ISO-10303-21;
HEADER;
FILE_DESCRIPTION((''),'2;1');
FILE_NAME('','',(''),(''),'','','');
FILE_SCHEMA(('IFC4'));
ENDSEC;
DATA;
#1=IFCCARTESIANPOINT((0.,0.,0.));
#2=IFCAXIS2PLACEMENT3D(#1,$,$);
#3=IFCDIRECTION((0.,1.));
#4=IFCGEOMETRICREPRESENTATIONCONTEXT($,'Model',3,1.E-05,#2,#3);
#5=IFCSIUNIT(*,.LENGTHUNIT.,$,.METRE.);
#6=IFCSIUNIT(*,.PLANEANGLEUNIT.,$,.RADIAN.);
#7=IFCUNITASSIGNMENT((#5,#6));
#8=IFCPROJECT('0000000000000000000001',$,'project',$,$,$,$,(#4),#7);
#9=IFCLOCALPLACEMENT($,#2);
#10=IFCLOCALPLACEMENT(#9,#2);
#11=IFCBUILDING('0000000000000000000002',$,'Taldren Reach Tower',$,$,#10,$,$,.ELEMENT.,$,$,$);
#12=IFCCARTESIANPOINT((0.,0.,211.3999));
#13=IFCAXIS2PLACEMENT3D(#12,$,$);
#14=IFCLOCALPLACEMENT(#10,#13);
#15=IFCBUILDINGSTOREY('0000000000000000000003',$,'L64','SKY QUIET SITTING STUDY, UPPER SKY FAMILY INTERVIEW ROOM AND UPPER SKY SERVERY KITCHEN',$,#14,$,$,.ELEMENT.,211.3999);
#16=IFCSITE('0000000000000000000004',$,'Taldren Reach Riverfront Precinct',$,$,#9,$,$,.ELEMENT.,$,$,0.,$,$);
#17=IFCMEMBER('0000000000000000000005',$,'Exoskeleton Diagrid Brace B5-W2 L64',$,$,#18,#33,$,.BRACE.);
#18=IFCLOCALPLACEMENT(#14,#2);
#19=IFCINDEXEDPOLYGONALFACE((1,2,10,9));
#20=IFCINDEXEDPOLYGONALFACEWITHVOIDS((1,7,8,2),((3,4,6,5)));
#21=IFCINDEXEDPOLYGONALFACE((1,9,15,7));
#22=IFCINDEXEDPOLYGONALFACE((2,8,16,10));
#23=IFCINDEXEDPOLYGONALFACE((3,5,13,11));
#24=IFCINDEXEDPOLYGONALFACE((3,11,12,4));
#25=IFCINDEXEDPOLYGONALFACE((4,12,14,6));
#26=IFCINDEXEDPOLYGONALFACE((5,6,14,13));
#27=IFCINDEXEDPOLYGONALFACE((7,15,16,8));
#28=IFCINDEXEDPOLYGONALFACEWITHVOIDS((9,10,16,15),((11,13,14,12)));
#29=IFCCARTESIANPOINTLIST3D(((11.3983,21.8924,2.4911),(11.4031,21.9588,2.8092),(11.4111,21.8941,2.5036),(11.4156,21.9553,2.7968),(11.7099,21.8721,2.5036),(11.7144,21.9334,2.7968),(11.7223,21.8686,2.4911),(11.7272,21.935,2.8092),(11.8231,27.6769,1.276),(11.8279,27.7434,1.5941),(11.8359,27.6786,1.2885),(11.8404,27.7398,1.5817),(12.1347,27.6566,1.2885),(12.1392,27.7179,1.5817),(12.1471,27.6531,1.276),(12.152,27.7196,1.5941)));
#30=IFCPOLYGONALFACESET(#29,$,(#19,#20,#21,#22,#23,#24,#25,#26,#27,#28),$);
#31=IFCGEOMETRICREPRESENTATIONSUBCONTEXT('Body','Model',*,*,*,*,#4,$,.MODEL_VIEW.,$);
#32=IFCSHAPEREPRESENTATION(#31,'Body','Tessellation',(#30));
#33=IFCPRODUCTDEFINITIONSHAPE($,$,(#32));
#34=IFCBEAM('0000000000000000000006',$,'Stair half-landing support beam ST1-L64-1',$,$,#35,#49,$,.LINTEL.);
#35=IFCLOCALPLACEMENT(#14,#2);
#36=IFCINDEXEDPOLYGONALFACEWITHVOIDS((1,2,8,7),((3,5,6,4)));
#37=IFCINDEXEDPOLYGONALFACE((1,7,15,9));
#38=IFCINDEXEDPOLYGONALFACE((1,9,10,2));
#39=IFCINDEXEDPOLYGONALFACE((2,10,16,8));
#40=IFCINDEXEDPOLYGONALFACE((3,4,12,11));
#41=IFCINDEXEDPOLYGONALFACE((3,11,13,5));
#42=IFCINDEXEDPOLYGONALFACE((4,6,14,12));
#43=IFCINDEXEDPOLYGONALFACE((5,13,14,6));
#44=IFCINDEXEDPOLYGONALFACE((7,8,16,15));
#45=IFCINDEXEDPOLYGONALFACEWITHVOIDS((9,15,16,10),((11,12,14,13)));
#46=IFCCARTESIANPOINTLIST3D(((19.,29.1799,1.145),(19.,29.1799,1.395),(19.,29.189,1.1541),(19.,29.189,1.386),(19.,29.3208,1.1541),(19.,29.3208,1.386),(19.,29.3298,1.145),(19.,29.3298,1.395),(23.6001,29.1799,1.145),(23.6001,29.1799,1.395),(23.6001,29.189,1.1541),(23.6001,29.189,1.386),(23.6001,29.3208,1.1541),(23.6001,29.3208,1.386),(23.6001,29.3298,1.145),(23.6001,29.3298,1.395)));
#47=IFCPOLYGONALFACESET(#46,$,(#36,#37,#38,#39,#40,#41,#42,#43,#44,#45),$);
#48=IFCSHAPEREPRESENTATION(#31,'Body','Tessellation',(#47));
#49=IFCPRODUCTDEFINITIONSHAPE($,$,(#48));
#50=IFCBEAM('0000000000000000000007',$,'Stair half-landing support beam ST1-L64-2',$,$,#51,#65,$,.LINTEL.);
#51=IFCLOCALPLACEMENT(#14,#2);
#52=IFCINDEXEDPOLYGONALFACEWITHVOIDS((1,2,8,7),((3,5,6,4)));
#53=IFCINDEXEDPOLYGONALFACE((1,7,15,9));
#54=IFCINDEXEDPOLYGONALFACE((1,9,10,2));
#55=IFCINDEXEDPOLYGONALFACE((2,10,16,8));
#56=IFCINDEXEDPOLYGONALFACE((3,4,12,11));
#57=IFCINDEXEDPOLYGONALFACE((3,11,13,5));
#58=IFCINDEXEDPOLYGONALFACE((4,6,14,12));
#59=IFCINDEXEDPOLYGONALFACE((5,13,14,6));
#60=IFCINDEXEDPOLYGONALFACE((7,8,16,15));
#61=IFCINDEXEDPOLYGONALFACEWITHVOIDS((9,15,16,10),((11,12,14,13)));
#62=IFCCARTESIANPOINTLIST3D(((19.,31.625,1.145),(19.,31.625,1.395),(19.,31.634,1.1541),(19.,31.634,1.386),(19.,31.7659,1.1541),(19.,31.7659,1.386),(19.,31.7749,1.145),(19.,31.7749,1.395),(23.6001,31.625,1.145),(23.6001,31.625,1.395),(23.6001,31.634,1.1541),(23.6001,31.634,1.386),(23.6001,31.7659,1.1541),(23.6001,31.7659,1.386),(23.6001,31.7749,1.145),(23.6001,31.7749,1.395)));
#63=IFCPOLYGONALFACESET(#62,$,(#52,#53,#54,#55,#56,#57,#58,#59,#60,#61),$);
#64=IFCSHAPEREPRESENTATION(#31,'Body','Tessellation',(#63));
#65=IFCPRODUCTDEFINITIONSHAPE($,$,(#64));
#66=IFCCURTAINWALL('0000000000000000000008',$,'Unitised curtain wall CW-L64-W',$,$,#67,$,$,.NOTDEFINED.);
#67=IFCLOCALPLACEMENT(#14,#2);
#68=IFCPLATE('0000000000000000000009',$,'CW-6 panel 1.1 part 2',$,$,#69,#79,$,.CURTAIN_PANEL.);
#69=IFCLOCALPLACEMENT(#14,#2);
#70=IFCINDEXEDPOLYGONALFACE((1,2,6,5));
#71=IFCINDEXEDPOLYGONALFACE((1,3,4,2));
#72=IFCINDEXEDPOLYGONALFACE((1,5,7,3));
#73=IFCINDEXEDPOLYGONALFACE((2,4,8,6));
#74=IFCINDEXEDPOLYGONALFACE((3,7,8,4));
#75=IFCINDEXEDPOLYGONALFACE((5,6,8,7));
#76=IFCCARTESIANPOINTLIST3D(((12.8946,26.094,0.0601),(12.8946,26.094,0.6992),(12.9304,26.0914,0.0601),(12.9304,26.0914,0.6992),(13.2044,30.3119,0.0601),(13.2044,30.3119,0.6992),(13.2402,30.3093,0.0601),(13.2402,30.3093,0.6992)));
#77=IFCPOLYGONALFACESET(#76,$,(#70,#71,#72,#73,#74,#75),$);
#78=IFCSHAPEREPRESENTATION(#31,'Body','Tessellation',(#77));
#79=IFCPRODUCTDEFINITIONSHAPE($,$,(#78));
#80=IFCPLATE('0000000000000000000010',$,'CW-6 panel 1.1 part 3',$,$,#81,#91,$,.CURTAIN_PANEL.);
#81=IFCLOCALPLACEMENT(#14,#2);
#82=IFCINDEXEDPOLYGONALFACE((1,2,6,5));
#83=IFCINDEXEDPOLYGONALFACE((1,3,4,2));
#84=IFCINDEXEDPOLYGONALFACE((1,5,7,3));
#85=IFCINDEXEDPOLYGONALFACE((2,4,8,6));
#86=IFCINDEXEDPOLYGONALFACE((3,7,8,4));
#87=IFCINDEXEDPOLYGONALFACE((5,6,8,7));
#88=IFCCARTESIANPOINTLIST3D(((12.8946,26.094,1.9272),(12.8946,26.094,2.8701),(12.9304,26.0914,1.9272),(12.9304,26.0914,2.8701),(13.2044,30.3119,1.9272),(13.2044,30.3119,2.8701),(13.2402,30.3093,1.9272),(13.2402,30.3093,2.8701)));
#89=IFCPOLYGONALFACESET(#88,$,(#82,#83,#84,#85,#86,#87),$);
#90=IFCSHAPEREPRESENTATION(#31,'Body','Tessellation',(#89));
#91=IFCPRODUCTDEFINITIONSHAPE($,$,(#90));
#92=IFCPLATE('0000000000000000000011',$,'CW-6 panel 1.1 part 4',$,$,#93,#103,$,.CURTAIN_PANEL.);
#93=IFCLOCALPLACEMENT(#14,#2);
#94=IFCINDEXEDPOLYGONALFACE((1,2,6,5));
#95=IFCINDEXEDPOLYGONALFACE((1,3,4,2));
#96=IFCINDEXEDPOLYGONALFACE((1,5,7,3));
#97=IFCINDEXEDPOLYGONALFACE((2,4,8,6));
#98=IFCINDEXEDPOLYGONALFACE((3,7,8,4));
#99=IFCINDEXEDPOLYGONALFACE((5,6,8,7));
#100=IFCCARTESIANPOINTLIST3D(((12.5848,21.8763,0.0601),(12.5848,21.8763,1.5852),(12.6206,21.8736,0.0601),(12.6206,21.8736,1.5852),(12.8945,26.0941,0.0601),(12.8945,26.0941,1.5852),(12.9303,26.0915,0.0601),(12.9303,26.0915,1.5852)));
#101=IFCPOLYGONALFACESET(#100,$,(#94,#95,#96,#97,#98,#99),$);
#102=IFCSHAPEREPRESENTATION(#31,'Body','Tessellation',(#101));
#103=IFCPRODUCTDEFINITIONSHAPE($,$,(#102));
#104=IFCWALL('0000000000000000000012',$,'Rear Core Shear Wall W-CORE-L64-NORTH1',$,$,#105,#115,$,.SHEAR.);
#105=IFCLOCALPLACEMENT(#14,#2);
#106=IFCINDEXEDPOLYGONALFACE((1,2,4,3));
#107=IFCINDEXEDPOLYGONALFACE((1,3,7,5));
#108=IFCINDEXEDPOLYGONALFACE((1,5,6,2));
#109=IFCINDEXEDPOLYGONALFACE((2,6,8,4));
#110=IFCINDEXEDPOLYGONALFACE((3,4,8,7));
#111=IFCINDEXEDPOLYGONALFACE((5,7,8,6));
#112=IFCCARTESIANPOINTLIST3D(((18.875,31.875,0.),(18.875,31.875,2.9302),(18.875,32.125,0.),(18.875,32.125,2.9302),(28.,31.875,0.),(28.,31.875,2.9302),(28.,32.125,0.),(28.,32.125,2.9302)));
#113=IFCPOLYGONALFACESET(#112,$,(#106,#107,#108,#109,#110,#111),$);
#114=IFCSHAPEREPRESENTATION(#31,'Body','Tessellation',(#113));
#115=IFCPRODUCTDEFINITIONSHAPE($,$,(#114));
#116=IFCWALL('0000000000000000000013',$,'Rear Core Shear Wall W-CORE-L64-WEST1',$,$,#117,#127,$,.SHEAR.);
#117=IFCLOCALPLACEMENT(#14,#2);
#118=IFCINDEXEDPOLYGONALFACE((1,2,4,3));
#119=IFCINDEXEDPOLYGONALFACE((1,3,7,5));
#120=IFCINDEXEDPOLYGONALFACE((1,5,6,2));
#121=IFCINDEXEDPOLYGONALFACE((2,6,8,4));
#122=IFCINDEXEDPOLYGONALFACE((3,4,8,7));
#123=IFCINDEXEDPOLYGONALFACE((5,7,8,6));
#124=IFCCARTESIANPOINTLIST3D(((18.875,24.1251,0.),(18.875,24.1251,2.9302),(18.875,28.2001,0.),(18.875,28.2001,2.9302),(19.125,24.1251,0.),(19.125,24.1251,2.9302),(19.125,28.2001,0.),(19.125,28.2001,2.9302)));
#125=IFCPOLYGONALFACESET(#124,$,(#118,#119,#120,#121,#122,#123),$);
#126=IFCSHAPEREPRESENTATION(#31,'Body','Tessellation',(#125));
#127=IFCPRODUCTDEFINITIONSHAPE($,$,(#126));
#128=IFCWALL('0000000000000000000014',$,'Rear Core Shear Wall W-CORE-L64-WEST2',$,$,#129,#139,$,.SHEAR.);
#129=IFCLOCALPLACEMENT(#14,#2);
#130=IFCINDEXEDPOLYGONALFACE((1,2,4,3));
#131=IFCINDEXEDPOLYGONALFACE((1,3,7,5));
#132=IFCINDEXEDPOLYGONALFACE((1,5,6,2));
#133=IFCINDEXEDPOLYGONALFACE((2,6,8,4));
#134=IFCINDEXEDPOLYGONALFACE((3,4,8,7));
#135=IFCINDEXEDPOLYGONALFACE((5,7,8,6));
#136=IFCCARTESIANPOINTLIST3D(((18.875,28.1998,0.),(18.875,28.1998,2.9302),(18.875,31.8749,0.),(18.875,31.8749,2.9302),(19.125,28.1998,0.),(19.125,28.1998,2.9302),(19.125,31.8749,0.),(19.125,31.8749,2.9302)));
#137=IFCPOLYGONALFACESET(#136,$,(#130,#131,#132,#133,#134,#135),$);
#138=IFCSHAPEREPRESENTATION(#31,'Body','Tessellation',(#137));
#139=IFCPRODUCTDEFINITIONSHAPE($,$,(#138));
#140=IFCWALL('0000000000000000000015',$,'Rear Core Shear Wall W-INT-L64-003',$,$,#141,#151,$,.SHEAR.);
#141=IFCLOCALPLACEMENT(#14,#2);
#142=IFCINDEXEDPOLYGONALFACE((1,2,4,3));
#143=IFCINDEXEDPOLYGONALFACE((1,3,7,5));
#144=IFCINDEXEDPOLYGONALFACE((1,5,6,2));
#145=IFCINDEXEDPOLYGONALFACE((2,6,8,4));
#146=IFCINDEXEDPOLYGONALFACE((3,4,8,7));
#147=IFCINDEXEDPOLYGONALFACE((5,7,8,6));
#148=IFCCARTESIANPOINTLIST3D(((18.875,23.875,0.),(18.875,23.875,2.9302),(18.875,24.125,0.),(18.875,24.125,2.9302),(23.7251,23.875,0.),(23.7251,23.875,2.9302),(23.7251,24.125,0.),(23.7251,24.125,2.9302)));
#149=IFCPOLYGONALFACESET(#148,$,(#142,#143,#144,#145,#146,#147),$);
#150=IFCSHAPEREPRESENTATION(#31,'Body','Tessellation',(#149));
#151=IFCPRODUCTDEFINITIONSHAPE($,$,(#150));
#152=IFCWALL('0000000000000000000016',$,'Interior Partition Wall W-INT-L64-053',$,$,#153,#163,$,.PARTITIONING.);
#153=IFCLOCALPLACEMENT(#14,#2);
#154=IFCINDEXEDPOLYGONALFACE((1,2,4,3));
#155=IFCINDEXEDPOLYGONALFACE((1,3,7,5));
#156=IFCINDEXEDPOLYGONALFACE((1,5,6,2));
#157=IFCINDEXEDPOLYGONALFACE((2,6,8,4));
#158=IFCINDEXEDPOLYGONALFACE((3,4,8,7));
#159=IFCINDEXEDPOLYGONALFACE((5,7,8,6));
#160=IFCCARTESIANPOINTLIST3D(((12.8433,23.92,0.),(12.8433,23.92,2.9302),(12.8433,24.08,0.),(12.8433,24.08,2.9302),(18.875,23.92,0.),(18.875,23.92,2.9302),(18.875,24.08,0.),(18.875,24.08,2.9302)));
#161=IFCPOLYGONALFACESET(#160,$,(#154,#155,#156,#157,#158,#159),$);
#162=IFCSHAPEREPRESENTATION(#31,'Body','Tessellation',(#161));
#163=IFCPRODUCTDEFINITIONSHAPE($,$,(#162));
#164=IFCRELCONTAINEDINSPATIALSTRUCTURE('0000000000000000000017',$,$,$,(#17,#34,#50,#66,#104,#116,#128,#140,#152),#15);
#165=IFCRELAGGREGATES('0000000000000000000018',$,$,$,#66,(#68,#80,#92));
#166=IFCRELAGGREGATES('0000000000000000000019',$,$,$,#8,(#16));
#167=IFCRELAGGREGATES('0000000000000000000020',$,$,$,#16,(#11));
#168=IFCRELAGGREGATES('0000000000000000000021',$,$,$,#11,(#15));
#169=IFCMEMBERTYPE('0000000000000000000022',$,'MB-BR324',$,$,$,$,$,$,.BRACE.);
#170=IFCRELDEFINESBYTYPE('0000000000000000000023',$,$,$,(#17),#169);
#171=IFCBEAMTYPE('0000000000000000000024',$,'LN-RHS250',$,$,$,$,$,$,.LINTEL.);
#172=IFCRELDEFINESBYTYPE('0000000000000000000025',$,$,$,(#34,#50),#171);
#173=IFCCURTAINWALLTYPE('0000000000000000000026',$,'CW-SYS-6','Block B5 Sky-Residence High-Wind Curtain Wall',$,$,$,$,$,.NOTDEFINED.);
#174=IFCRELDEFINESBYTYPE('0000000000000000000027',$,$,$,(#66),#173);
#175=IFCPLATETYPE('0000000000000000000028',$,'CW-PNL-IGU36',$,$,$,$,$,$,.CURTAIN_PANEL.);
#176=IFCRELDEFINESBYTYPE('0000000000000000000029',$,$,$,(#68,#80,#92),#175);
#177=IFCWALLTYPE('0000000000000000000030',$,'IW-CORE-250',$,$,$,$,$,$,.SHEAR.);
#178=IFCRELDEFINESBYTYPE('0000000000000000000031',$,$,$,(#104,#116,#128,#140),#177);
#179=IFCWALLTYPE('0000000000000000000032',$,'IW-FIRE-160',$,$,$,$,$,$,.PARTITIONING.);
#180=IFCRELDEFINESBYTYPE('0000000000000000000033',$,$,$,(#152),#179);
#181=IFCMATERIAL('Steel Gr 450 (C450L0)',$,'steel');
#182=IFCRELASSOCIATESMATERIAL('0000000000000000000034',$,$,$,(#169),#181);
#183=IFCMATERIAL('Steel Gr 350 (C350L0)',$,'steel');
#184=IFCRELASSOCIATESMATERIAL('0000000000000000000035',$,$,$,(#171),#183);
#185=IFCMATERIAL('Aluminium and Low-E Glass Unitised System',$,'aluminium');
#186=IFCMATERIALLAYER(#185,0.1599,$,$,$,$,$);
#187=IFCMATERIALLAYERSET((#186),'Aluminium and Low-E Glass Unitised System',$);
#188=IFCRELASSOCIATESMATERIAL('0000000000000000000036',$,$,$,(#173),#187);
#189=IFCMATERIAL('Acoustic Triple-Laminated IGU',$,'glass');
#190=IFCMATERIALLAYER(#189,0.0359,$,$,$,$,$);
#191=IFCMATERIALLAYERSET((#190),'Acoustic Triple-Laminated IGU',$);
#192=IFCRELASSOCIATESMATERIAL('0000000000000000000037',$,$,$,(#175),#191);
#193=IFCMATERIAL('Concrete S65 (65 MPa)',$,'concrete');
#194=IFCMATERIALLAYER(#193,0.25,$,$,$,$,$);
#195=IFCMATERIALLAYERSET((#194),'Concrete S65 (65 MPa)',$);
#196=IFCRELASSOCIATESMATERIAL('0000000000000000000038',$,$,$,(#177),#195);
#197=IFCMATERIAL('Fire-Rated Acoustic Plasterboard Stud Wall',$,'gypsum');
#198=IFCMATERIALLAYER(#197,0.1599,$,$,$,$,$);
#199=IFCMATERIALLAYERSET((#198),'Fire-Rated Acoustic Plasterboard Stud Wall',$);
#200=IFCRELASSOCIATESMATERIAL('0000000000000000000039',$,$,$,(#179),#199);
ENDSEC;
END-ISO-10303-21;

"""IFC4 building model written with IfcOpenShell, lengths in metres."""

from ifc_helpers import new_model, si_unit, direction, frame, frame_2d, origin, origin_2d, place, context, subcontext, project, spatial, rectangle, hollow_rectangle, extrude, source, transform, mapped, material, layer, layer_set, material_profile, profile_set, type_object, element, aggregate, save


model = new_model("IFC4")

# Units and contexts
model_context = context("Model", 3, precision=1e-05, world=origin(), true_north=direction((0.0, 1.0)))
body_context = subcontext(model_context, "Body", "Model", "MODEL_VIEW")
ifc_project = project(units=[si_unit("LENGTHUNIT", "METRE"), si_unit("PLANEANGLEUNIT", "RADIAN")], contexts=[model_context])

# Site, building, storey
site_placement = place(None, origin())
site = spatial("IfcSite", under=ifc_project, at=site_placement, Name="Taldren Reach Riverfront Precinct", CompositionType="ELEMENT", RefElevation=0.0)
building_placement = place(site_placement, origin())
building = spatial("IfcBuilding", under=site, at=building_placement, Name="Taldren Reach Tower", CompositionType="ELEMENT")
storey_placement = place(building_placement, frame((0.0, 0.0, 211.3999)))
storey = spatial("IfcBuildingStorey", under=building, at=storey_placement, Name="L64", Description="SKY QUIET SITTING STUDY, UPPER SKY FAMILY INTERVIEW ROOM AND UPPER SKY SERVERY KITCHEN", CompositionType="ELEMENT", Elevation=211.3999)

# Shared definitions
ifc_material_1 = material(Name="Steel Gr 450 (C450L0)", Category="steel")

# Member
ifc_material_profile_1 = material_profile(ifc_material_1, hollow_rectangle(XDim=0.325, YDim=0.325, WallThickness=0.0127, at=origin_2d()), Name="325x325x12.7SHS")
ifc_profile_set_1 = profile_set([ifc_material_profile_1], Name="Steel Gr 450 (C450L0)")
member_type = type_object("IfcMemberType", Name="MB-BR324", PredefinedType="BRACE", material=ifc_profile_set_1)
shared_shape_1 = source(origin(), body_context, "Body", "SweptSolid", [
    extrude(hollow_rectangle(XDim=0.325, YDim=0.325, WallThickness=0.0127, at=origin_2d()), origin(), (0.0, 0.0, 1.0), 5.926),
])
member_placement = place(storey_placement, frame((11.9875, 27.6982, 1.4351), z_axis=(-0.071686, -0.976123, 0.205046), x_axis=(0.997314, -0.073242, 0.0)))
element("IfcMember", 1, at=member_placement, inside=storey, type_object=member_type, Name="Exoskeleton Diagrid Brace B5-W2 L64", PredefinedType="BRACE", context=body_context, shape_type="MappedRepresentation", body=[
    mapped(shared_shape_1, transform((0.0, 0.0, 0.0), scale=1.0)),
])

# Beams
ifc_material_2 = material(Name="Steel Gr 350 (C350L0)", Category="steel")
ifc_material_profile_2 = material_profile(ifc_material_2, hollow_rectangle(XDim=0.1499, YDim=0.25, WallThickness=0.009, at=origin_2d()), Name="250x150x9.0RHS")
ifc_profile_set_2 = profile_set([ifc_material_profile_2], Name="Steel Gr 350 (C350L0)")
beam_type_1 = type_object("IfcBeamType", Name="LN-RHS250", PredefinedType="LINTEL", material=ifc_profile_set_2)
shared_shape_2 = source(origin(), body_context, "Body", "SweptSolid", [
    extrude(hollow_rectangle(XDim=0.1499, YDim=0.25, WallThickness=0.009, at=origin_2d()), origin(), (0.0, 0.0, 1.0), 4.6001),
])
for number, where, z_axis, x_axis, name in (
    (2, (19.0, 29.2549, 1.27), (1.0, 0.0, 0.0), (0.0, 1.0, 0.0), "Stair half-landing support beam ST1-L64-1"),
    (3, (19.0, 31.7, 1.27), (1.0, 0.0, 0.0), (0.0, 1.0, 0.0), "Stair half-landing support beam ST1-L64-2"),
):
    element("IfcBeam", number, at=place(storey_placement, frame(where, z_axis=z_axis, x_axis=x_axis)), inside=storey, type_object=beam_type_1, Name=name, PredefinedType="LINTEL", context=body_context, shape_type="MappedRepresentation", body=[
        mapped(shared_shape_2, transform((0.0, 0.0, 0.0), scale=1.0)),
    ])

# Curtain wall, plates
ifc_material_3 = material(Name="Aluminium and Low-E Glass Unitised System", Category="aluminium")
ifc_layer_1 = layer(ifc_material_3, 0.1599)
ifc_layer_set_1 = layer_set([ifc_layer_1], Name="Aluminium and Low-E Glass Unitised System")
curtain_wall_type = type_object("IfcCurtainWallType", Name="CW-SYS-6", Description="Block B5 Sky-Residence High-Wind Curtain Wall", PredefinedType="NOTDEFINED", material=ifc_layer_set_1)
curtain_wall_placement = place(storey_placement, origin())
curtain_wall = element("IfcCurtainWall", 4, at=curtain_wall_placement, inside=storey, type_object=curtain_wall_type, Name="Unitised curtain wall CW-L64-W", PredefinedType="NOTDEFINED")
ifc_material_4 = material(Name="Acoustic Triple-Laminated IGU", Category="glass")
ifc_layer_2 = layer(ifc_material_4, 0.0359)
ifc_layer_set_2 = layer_set([ifc_layer_2], Name="Acoustic Triple-Laminated IGU")
plate_type = type_object("IfcPlateType", Name="CW-PNL-IGU36", PredefinedType="CURTAIN_PANEL", material=ifc_layer_set_2)
shared_shape_3 = source(origin(), body_context, "Body", "SweptSolid", [
    extrude(rectangle(XDim=4.2292, YDim=0.0359, at=origin_2d()), origin(), (0.0, 0.0, 1.0), 0.6392),
])
plate_1_placement = place(storey_placement, frame((13.0674, 28.2017, 0.0601), z_axis=(0.0, 0.0, 1.0), x_axis=(-0.073238, -0.997314, 0.0)))
plate_1 = element("IfcPlate", 5, at=plate_1_placement, type_object=plate_type, Name="CW-6 panel 1.1 part 2", PredefinedType="CURTAIN_PANEL", context=body_context, shape_type="MappedRepresentation", body=[
    mapped(shared_shape_3, transform((0.0, 0.0, 0.0), scale=1.0)),
])
shared_shape_4 = source(origin(), body_context, "Body", "SweptSolid", [
    extrude(rectangle(XDim=4.2292, YDim=0.0359, at=origin_2d()), origin(), (0.0, 0.0, 1.0), 0.9429),
])
plate_2_placement = place(storey_placement, frame((13.0674, 28.2017, 1.9272), z_axis=(0.0, 0.0, 1.0), x_axis=(-0.073238, -0.997314, 0.0)))
plate_2 = element("IfcPlate", 6, at=plate_2_placement, type_object=plate_type, Name="CW-6 panel 1.1 part 3", PredefinedType="CURTAIN_PANEL", context=body_context, shape_type="MappedRepresentation", body=[
    mapped(shared_shape_4, transform((0.0, 0.0, 0.0), scale=1.0)),
])
shared_shape_5 = source(origin(), body_context, "Body", "SweptSolid", [
    extrude(rectangle(XDim=4.2292, YDim=0.0359, at=origin_2d()), origin(), (0.0, 0.0, 1.0), 1.5251),
])
plate_3_placement = place(storey_placement, frame((12.7576, 23.9839, 0.0601), z_axis=(0.0, 0.0, 1.0), x_axis=(-0.073238, -0.997314, 0.0)))
plate_3 = element("IfcPlate", 7, at=plate_3_placement, type_object=plate_type, Name="CW-6 panel 1.1 part 4", PredefinedType="CURTAIN_PANEL", context=body_context, shape_type="MappedRepresentation", body=[
    mapped(shared_shape_5, transform((0.0, 0.0, 0.0), scale=1.0)),
])
aggregate(curtain_wall, [plate_1, plate_2, plate_3])

# Walls
ifc_material_5 = material(Name="Concrete S65 (65 MPa)", Category="concrete")
ifc_layer_3 = layer(ifc_material_5, 0.25)
ifc_layer_set_3 = layer_set([ifc_layer_3], Name="Concrete S65 (65 MPa)")
wall_type_1 = type_object("IfcWallType", Name="IW-CORE-250", PredefinedType="SHEAR", material=ifc_layer_set_3)
shared_shape_6 = source(origin(), body_context, "Body", "SweptSolid", [
    extrude(rectangle(XDim=9.125, YDim=0.25, at=frame_2d((4.5625, 0.0))), origin(), (0.0, 0.0, 1.0), 2.9302),
])
wall_1_placement = place(storey_placement, frame((18.875, 32.0, 0.0), z_axis=(0.0, 0.0, 1.0), x_axis=(1.0, 0.0, 0.0)))
element("IfcWall", 8, at=wall_1_placement, inside=storey, type_object=wall_type_1, Name="Rear Core Shear Wall W-CORE-L64-NORTH1", PredefinedType="SHEAR", context=body_context, shape_type="MappedRepresentation", body=[
    mapped(shared_shape_6, transform((0.0, 0.0, 0.0), scale=1.0)),
])
shared_shape_7 = source(origin(), body_context, "Body", "SweptSolid", [
    extrude(rectangle(XDim=4.075, YDim=0.25, at=frame_2d((2.0376, 0.0))), origin(), (0.0, 0.0, 1.0), 2.9302),
])
wall_2_placement = place(storey_placement, frame((19.0, 24.125, 0.0), z_axis=(0.0, 0.0, 1.0), x_axis=(0.0, 1.0, 0.0)))
element("IfcWall", 9, at=wall_2_placement, inside=storey, type_object=wall_type_1, Name="Rear Core Shear Wall W-CORE-L64-WEST1", PredefinedType="SHEAR", context=body_context, shape_type="MappedRepresentation", body=[
    mapped(shared_shape_7, transform((0.0, 0.0, 0.0), scale=1.0)),
])
shared_shape_8 = source(origin(), body_context, "Body", "SweptSolid", [
    extrude(rectangle(XDim=3.675, YDim=0.25, at=frame_2d((1.8374, 0.0))), origin(), (0.0, 0.0, 1.0), 2.9302),
])
wall_3_placement = place(storey_placement, frame((19.0, 28.2, 0.0), z_axis=(0.0, 0.0, 1.0), x_axis=(0.0, 1.0, 0.0)))
element("IfcWall", 10, at=wall_3_placement, inside=storey, type_object=wall_type_1, Name="Rear Core Shear Wall W-CORE-L64-WEST2", PredefinedType="SHEAR", context=body_context, shape_type="MappedRepresentation", body=[
    mapped(shared_shape_8, transform((0.0, 0.0, 0.0), scale=1.0)),
])
shared_shape_9 = source(origin(), body_context, "Body", "SweptSolid", [
    extrude(rectangle(XDim=4.8501, YDim=0.25, at=frame_2d((2.425, 0.0))), origin(), (0.0, 0.0, 1.0), 2.9302),
])
wall_4_placement = place(storey_placement, frame((18.875, 24.0, 0.0), z_axis=(0.0, 0.0, 1.0), x_axis=(1.0, 0.0, 0.0)))
element("IfcWall", 11, at=wall_4_placement, inside=storey, type_object=wall_type_1, Name="Rear Core Shear Wall W-INT-L64-003", PredefinedType="SHEAR", context=body_context, shape_type="MappedRepresentation", body=[
    mapped(shared_shape_9, transform((0.0, 0.0, 0.0), scale=1.0)),
])
ifc_material_6 = material(Name="Fire-Rated Acoustic Plasterboard Stud Wall", Category="gypsum")
ifc_layer_4 = layer(ifc_material_6, 0.1599)
ifc_layer_set_4 = layer_set([ifc_layer_4], Name="Fire-Rated Acoustic Plasterboard Stud Wall")
wall_type_2 = type_object("IfcWallType", Name="IW-FIRE-160", PredefinedType="PARTITIONING", material=ifc_layer_set_4)
shared_shape_10 = source(origin(), body_context, "Body", "SweptSolid", [
    extrude(rectangle(XDim=6.0317, YDim=0.1599, at=frame_2d((3.0159, 0.0))), origin(), (0.0, 0.0, 1.0), 2.9302),
])
wall_5_placement = place(storey_placement, frame((12.8433, 24.0, 0.0), z_axis=(0.0, 0.0, 1.0), x_axis=(1.0, 0.0, 0.0)))
element("IfcWall", 12, at=wall_5_placement, inside=storey, type_object=wall_type_2, Name="Interior Partition Wall W-INT-L64-053", PredefinedType="PARTITIONING", context=body_context, shape_type="MappedRepresentation", body=[
    mapped(shared_shape_10, transform((0.0, 0.0, 0.0), scale=1.0)),
])

save(model, "model.ifc")
